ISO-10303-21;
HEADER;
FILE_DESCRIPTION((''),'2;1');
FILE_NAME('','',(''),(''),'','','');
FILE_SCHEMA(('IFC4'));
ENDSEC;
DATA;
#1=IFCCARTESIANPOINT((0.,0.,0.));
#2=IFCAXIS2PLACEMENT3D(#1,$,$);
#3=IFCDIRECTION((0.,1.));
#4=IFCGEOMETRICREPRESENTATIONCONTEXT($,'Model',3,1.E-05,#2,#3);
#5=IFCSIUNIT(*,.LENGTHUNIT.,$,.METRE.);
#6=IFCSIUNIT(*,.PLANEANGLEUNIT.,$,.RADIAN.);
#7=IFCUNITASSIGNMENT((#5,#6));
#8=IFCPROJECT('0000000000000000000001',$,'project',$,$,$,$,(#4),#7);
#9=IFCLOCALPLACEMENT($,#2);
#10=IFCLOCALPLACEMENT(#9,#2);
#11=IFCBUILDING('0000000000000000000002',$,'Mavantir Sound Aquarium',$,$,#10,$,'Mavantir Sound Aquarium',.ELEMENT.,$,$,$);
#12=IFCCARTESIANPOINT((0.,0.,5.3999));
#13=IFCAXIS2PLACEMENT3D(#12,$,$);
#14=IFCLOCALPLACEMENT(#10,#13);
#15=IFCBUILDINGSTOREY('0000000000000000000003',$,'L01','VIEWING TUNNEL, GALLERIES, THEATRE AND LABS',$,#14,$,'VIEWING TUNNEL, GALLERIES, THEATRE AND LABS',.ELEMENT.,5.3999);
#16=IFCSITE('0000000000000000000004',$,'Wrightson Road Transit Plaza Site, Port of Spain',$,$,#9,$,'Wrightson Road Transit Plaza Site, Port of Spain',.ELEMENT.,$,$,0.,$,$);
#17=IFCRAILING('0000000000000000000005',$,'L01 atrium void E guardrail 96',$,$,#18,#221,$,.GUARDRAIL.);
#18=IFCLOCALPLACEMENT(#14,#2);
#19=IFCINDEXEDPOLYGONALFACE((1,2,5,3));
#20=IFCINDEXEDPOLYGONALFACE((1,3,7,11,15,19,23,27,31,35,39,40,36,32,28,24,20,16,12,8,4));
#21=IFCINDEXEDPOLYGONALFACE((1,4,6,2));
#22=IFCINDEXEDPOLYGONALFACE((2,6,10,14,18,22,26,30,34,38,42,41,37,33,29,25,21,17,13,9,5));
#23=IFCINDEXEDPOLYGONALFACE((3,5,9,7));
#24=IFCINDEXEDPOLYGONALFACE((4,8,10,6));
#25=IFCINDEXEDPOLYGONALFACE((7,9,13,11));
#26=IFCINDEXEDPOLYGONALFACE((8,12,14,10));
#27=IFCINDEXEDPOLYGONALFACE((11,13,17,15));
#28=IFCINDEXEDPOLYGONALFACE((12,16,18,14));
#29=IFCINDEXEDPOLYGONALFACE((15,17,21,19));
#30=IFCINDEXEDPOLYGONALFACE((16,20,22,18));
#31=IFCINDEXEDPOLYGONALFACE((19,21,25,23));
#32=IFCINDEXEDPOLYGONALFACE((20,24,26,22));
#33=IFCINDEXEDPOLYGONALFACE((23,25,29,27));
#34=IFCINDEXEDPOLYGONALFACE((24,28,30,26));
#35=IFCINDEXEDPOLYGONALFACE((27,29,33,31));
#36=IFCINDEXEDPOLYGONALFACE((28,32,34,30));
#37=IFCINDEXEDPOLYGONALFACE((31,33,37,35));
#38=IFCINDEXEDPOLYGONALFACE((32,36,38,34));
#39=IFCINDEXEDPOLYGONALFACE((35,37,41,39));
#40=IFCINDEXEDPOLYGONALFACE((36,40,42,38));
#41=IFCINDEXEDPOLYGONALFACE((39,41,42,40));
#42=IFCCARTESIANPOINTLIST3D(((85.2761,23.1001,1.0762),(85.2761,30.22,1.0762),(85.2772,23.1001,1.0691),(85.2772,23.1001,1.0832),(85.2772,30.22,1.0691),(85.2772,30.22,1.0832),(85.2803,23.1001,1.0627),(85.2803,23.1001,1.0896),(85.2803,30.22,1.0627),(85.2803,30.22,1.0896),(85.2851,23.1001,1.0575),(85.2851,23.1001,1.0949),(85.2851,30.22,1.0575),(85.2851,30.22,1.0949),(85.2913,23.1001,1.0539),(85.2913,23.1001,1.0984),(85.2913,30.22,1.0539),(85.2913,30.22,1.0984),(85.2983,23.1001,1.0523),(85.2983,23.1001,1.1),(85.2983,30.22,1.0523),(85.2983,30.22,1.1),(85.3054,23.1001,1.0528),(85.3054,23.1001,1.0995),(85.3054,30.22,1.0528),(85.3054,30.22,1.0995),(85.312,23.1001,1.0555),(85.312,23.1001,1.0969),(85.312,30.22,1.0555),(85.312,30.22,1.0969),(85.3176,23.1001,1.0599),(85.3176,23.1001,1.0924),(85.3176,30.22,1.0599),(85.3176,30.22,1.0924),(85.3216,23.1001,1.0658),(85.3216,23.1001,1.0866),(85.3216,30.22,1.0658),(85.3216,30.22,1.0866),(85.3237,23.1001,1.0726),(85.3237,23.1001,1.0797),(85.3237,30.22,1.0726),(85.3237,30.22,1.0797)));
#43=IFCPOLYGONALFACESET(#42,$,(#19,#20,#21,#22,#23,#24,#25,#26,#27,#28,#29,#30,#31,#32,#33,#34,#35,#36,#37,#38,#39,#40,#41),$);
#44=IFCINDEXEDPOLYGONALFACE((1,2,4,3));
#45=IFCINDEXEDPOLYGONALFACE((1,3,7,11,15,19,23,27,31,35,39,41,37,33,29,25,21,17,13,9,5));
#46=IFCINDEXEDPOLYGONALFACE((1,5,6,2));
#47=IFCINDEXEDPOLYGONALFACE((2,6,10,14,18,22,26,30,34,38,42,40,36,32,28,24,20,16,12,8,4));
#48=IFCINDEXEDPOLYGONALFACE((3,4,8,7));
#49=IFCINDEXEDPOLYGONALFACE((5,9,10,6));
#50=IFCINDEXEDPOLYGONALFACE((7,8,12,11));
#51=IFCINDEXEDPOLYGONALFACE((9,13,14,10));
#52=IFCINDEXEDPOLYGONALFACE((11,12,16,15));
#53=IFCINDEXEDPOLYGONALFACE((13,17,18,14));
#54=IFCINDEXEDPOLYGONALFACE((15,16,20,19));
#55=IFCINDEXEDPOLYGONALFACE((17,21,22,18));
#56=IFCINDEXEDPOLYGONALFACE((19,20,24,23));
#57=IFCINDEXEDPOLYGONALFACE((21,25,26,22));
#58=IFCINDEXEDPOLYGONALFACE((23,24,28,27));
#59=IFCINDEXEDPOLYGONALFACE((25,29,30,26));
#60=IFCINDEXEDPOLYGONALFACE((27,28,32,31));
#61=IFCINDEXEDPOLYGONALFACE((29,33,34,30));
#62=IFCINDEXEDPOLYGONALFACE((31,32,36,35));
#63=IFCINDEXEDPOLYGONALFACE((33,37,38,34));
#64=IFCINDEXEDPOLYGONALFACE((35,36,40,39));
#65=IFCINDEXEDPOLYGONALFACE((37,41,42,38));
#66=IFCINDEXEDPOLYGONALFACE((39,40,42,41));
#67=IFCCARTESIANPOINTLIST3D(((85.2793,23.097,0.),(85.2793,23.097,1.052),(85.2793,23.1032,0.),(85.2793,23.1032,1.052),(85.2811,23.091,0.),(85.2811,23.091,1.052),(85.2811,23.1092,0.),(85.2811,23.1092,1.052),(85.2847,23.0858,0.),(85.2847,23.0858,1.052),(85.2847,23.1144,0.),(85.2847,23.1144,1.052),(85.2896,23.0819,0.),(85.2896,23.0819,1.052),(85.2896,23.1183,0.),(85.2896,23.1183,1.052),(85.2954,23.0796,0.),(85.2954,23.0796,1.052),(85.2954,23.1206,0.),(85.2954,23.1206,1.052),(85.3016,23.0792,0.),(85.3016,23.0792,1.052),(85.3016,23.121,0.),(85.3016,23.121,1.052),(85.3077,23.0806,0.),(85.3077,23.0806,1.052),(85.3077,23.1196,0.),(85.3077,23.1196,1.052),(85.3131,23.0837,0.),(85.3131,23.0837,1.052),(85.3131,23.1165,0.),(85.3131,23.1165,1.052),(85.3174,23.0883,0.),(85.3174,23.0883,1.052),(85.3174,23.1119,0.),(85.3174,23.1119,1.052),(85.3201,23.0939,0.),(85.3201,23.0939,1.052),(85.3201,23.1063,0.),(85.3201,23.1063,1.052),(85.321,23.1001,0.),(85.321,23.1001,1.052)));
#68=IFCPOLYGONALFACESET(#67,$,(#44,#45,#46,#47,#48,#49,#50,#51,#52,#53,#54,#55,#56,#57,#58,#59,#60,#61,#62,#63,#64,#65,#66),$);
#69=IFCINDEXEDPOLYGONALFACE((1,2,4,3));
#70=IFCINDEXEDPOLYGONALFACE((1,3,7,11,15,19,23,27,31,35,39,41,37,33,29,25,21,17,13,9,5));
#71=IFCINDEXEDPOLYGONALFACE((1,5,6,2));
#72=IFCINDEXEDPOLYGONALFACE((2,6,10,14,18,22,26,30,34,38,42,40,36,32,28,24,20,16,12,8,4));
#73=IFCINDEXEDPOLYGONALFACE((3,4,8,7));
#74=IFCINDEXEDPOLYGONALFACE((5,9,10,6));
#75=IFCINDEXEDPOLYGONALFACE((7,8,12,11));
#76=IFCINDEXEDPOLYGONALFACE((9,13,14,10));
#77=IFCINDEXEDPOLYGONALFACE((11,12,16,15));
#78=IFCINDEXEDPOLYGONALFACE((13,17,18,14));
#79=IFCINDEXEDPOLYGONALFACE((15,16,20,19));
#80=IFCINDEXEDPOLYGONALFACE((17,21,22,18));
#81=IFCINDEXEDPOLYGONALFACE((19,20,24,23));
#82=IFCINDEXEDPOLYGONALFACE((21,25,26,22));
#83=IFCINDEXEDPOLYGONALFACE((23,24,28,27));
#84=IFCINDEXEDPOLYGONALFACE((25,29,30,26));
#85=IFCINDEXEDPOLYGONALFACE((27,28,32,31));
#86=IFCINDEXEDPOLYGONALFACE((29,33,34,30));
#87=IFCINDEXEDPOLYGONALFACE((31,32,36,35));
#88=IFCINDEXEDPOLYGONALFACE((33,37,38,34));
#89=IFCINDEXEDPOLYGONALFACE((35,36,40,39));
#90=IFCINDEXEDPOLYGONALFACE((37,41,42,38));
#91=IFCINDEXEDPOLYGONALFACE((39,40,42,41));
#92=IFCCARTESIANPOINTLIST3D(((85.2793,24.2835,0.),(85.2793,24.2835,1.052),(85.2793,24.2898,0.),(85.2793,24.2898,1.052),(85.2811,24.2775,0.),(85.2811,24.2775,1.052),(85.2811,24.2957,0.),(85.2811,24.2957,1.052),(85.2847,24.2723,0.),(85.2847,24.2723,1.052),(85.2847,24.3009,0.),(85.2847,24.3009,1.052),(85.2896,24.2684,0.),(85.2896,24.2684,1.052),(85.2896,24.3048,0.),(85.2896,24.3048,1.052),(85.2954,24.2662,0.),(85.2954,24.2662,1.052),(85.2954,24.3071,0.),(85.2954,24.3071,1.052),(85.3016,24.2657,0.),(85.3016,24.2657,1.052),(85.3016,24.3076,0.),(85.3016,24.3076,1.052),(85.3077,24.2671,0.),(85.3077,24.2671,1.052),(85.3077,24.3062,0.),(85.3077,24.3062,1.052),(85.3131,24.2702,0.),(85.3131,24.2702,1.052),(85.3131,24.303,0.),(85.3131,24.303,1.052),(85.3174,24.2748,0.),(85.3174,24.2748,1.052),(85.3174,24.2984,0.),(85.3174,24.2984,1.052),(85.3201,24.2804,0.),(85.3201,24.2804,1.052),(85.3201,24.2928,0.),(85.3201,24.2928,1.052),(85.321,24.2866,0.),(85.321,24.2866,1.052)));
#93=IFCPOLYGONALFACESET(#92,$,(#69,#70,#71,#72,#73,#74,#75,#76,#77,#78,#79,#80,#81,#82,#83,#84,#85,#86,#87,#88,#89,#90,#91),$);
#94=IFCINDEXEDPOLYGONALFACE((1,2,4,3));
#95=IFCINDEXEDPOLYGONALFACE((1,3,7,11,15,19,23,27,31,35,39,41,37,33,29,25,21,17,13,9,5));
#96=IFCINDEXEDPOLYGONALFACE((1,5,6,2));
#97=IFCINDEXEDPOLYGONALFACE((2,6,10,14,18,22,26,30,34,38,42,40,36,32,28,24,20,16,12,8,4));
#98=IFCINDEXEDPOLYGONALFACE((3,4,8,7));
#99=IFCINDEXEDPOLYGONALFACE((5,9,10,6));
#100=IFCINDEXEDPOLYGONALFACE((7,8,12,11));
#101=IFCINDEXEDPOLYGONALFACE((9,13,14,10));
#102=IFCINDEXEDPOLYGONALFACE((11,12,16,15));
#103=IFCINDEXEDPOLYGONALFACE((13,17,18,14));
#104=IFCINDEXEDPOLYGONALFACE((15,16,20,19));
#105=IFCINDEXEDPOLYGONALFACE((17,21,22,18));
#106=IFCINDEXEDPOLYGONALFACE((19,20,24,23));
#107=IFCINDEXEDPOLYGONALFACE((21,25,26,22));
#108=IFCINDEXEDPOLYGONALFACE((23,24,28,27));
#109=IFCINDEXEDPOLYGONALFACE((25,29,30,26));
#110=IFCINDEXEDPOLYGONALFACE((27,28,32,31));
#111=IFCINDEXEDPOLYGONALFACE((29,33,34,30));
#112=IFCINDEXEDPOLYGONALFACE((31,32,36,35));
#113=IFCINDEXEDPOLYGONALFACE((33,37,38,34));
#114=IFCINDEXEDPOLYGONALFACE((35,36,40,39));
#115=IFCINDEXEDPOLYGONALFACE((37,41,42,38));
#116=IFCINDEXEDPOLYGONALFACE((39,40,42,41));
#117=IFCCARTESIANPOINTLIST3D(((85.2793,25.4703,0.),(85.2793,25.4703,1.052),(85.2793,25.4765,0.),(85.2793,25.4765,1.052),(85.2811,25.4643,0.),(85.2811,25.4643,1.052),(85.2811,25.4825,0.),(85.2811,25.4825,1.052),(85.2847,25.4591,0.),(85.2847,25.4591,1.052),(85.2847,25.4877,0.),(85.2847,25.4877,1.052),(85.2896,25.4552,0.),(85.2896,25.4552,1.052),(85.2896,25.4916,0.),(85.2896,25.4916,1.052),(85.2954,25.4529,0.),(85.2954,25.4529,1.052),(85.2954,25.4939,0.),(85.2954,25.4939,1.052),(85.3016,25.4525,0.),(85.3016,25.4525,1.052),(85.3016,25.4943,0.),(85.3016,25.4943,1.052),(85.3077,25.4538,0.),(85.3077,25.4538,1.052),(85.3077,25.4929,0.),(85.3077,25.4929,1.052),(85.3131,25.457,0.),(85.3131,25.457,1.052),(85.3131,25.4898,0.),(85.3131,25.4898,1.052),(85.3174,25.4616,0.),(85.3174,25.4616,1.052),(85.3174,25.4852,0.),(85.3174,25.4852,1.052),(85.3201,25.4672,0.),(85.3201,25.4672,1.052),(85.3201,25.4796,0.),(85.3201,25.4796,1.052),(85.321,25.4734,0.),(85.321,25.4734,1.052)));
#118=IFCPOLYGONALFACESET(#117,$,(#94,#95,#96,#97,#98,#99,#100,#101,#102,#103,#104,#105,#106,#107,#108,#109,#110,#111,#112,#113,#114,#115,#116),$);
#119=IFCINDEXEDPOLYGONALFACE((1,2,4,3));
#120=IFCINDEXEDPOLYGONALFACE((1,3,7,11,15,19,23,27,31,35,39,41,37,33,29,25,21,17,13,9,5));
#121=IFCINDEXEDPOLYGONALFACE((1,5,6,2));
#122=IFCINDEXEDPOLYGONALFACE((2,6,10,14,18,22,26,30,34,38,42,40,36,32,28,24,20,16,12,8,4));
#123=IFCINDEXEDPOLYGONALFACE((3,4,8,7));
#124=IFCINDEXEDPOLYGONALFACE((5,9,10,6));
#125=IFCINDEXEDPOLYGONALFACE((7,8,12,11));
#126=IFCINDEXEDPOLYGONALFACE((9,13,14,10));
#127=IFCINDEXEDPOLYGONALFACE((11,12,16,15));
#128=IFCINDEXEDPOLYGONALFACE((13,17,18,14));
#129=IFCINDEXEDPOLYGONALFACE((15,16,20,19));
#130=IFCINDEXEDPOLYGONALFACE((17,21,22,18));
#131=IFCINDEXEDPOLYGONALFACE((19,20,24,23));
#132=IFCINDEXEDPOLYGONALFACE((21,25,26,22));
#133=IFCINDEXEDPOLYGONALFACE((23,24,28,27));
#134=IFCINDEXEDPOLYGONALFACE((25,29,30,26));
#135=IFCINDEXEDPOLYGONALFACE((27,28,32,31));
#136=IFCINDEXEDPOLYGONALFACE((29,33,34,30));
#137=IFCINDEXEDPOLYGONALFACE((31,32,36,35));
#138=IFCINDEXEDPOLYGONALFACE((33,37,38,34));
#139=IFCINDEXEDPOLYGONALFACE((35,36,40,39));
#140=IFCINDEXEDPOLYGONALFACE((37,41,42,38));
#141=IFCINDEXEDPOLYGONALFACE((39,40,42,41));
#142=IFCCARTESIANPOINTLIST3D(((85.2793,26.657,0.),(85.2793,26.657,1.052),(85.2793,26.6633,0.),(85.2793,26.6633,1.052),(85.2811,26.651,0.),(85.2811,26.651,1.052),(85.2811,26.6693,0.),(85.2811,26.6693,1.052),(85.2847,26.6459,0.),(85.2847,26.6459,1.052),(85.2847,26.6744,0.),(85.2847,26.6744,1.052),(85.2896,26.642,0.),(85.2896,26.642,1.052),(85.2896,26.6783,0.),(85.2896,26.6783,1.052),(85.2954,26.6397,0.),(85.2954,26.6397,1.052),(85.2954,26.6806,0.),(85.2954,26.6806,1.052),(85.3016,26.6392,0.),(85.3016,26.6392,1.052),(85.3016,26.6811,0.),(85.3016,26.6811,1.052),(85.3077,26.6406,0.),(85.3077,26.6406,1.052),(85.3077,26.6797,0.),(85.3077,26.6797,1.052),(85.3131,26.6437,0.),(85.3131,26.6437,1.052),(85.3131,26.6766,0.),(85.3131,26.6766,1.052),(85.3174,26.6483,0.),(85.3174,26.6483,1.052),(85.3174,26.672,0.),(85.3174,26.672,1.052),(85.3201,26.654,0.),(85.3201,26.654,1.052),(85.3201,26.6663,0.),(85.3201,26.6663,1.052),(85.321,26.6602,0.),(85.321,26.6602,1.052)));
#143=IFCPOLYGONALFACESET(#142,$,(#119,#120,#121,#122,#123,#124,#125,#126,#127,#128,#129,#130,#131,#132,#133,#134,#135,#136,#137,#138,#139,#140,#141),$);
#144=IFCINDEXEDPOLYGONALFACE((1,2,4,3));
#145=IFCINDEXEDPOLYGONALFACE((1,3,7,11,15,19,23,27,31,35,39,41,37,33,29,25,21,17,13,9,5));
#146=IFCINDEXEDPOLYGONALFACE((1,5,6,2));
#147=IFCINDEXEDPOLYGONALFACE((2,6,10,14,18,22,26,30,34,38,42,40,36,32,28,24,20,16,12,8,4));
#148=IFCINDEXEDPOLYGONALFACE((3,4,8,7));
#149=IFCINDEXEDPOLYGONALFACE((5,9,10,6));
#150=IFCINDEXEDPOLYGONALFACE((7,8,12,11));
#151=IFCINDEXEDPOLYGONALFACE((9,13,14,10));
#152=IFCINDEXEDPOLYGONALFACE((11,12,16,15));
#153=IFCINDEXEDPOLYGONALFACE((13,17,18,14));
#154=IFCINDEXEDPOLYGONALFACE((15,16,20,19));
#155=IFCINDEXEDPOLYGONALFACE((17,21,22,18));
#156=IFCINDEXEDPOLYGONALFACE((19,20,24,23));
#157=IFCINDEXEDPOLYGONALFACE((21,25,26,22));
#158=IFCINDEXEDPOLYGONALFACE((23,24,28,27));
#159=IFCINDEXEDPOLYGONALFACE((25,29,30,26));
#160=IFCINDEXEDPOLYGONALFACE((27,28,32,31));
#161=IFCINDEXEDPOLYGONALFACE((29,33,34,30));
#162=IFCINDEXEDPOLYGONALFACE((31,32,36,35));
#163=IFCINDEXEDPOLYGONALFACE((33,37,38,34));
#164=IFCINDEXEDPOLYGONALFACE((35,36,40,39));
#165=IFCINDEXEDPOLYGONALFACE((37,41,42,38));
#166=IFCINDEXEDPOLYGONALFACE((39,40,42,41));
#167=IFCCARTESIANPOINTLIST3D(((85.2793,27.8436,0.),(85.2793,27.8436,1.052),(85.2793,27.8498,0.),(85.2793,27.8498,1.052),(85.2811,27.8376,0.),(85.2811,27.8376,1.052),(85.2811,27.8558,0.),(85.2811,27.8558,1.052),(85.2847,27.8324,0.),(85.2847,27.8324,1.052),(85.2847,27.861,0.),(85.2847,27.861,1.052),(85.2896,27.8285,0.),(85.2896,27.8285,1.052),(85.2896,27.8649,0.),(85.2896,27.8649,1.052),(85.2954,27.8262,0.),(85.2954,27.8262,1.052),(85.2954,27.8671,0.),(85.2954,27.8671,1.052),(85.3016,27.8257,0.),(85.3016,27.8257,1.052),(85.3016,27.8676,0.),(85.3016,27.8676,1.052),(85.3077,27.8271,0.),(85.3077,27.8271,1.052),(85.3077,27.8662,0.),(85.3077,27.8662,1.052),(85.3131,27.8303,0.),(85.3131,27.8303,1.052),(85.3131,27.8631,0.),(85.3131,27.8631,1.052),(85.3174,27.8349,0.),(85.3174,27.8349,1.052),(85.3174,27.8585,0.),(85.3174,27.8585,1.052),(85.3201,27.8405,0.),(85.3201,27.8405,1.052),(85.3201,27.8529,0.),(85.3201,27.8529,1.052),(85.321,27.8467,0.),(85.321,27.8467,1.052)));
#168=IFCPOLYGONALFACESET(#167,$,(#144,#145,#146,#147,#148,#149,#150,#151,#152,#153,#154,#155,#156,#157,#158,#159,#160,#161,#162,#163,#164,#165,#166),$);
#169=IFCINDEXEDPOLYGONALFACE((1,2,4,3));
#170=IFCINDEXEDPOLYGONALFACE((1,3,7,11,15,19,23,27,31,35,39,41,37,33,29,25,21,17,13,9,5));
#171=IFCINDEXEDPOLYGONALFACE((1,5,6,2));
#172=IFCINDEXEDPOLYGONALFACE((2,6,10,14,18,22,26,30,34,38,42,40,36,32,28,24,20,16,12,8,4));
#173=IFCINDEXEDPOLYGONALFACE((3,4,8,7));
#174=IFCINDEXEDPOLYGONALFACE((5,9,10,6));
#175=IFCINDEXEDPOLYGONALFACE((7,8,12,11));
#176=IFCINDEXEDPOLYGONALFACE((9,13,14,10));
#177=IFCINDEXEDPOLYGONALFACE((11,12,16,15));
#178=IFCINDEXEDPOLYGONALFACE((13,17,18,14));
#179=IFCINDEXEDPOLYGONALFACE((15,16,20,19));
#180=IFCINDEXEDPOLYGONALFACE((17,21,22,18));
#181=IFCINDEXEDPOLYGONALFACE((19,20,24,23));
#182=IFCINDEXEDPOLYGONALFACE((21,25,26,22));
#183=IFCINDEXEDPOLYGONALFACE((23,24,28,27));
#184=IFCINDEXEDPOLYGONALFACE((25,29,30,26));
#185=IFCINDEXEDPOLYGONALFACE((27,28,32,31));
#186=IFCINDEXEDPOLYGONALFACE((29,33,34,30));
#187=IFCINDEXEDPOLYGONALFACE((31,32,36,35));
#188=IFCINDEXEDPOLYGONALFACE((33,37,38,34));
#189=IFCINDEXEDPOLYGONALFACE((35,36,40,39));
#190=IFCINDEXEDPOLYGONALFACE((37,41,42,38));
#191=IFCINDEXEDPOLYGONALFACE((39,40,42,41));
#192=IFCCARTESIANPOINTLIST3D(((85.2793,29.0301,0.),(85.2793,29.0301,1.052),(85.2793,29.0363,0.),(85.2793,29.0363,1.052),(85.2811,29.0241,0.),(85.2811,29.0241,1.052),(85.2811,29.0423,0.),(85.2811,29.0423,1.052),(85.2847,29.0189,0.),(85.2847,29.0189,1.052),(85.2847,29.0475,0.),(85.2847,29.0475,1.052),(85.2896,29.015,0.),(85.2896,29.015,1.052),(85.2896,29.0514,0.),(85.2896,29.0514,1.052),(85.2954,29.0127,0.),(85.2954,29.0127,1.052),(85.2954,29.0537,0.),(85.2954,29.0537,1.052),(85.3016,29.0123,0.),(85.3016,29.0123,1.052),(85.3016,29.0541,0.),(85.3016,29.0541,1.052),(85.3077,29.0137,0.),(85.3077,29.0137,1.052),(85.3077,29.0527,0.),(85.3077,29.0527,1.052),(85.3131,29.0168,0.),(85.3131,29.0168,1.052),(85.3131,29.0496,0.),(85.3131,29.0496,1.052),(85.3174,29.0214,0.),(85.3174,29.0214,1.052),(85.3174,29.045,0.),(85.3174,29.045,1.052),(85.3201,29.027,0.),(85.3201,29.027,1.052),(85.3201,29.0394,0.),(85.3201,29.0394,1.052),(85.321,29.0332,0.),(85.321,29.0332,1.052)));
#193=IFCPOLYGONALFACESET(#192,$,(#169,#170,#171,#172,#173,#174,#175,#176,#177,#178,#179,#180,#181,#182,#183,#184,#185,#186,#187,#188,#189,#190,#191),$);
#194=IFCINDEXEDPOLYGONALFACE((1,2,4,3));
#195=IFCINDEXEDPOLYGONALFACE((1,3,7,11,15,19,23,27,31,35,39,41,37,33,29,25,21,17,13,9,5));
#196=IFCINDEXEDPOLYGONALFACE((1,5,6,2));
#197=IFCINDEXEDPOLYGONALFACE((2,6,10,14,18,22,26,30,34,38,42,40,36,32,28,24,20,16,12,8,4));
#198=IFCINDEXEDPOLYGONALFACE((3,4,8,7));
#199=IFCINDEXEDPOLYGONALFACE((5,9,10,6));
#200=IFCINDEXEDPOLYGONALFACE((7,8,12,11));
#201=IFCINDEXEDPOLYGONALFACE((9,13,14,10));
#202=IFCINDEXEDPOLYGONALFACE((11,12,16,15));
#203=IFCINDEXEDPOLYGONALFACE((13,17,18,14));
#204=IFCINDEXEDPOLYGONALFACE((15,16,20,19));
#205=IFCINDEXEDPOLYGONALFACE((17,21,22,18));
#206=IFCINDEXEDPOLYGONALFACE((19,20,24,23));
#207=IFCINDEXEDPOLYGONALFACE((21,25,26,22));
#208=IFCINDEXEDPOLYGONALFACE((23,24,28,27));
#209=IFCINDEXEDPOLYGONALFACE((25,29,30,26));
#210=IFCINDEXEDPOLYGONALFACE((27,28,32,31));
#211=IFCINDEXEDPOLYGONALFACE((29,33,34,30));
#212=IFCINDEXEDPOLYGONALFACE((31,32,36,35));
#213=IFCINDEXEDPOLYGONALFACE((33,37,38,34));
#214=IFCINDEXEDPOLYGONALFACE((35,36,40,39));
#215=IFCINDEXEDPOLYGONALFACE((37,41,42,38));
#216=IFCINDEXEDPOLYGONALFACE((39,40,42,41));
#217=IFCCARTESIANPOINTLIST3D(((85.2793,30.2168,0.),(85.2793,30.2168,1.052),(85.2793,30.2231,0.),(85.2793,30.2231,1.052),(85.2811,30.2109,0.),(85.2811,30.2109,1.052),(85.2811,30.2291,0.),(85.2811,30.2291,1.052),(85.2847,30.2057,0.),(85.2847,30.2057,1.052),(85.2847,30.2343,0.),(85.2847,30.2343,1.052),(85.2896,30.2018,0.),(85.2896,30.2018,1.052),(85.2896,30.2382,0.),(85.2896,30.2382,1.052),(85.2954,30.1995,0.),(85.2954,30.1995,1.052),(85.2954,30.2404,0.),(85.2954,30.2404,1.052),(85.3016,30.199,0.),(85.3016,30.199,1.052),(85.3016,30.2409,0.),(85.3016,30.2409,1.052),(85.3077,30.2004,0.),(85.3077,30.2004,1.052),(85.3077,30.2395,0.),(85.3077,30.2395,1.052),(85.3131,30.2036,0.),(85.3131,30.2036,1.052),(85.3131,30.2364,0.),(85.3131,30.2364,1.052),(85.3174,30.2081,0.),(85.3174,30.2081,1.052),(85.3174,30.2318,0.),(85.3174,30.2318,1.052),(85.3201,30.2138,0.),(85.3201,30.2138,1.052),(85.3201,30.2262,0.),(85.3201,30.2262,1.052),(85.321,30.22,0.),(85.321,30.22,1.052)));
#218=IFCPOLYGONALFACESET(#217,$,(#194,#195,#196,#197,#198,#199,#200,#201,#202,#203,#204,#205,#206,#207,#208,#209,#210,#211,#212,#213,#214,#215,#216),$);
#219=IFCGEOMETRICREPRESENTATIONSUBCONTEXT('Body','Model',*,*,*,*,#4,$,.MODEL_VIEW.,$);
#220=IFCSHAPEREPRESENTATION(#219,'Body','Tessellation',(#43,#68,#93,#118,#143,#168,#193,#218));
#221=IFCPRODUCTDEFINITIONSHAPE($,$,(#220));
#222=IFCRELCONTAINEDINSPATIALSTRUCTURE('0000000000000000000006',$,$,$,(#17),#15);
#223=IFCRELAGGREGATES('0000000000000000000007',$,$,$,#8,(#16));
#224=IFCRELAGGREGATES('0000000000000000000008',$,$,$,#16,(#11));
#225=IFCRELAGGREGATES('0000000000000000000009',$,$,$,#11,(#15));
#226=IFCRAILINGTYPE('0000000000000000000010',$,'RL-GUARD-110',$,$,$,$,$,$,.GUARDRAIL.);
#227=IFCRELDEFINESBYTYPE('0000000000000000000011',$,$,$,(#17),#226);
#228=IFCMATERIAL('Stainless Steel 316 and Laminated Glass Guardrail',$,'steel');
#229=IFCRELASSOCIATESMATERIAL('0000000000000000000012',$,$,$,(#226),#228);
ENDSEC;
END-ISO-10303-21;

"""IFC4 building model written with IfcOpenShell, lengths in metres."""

from ifc_helpers import new_model, si_unit, direction, frame, origin, origin_2d, place, context, subcontext, project, spatial, circle, extrude, material, type_object, element, save


model = new_model("IFC4")

# Units and contexts
model_context = context("Model", 3, precision=1e-05, world=origin(), true_north=direction((0.0, 1.0)))
body_context = subcontext(model_context, "Body", "Model", "MODEL_VIEW")
ifc_project = project(units=[si_unit("LENGTHUNIT", "METRE"), si_unit("PLANEANGLEUNIT", "RADIAN")], contexts=[model_context])

# Site, building, storey
site_placement = place(None, origin())
site = spatial("IfcSite", under=ifc_project, at=site_placement, Name="Wrightson Road Transit Plaza Site, Port of Spain", LongName="Wrightson Road Transit Plaza Site, Port of Spain", CompositionType="ELEMENT", RefElevation=0.0)
building_placement = place(site_placement, origin())
building = spatial("IfcBuilding", under=site, at=building_placement, Name="Mavantir Sound Aquarium", LongName="Mavantir Sound Aquarium", CompositionType="ELEMENT")
storey_placement = place(building_placement, frame((0.0, 0.0, 5.3999)))
storey = spatial("IfcBuildingStorey", under=building, at=storey_placement, Name="L01", Description="VIEWING TUNNEL, GALLERIES, THEATRE AND LABS", LongName="VIEWING TUNNEL, GALLERIES, THEATRE AND LABS", CompositionType="ELEMENT", Elevation=5.3999)

# Railing
ifc_material_1 = material(Name="Stainless Steel 316 and Laminated Glass Guardrail", Category="steel")
railing_type = type_object("IfcRailingType", Name="RL-GUARD-110", PredefinedType="GUARDRAIL", material=ifc_material_1)
railing_1_placement = place(storey_placement, frame((85.3, 23.1001, 0.0)))
element("IfcRailing", 1, at=railing_1_placement, inside=storey, type_object=railing_type, Name="L01 atrium void E guardrail 96", PredefinedType="GUARDRAIL", context=body_context, shape_type="SweptSolid", body=[
    extrude(circle(Radius=0.0239, at=origin_2d()), frame((0.0, 0.0, 1.0762), z_axis=(0.0, 1.0, 0.0), x_axis=(-1.0, 0.0, 0.0)), (0.0, 0.0, 1.0), 7.1199),
    extrude(circle(Radius=0.021, at=origin_2d()), origin(), (0.0, 0.0, 1.0), 1.052),
    extrude(circle(Radius=0.021, at=origin_2d()), frame((0.0, 1.1865, 0.0)), (0.0, 0.0, 1.0), 1.052),
    extrude(circle(Radius=0.021, at=origin_2d()), frame((0.0, 2.3733, 0.0)), (0.0, 0.0, 1.0), 1.052),
    extrude(circle(Radius=0.021, at=origin_2d()), frame((0.0, 3.5601, 0.0)), (0.0, 0.0, 1.0), 1.052),
    extrude(circle(Radius=0.021, at=origin_2d()), frame((0.0, 4.7466, 0.0)), (0.0, 0.0, 1.0), 1.052),
    extrude(circle(Radius=0.021, at=origin_2d()), frame((0.0, 5.9331, 0.0)), (0.0, 0.0, 1.0), 1.052),
    extrude(circle(Radius=0.021, at=origin_2d()), frame((0.0, 7.1199, 0.0)), (0.0, 0.0, 1.0), 1.052),
])

save(model, "model.ifc")
